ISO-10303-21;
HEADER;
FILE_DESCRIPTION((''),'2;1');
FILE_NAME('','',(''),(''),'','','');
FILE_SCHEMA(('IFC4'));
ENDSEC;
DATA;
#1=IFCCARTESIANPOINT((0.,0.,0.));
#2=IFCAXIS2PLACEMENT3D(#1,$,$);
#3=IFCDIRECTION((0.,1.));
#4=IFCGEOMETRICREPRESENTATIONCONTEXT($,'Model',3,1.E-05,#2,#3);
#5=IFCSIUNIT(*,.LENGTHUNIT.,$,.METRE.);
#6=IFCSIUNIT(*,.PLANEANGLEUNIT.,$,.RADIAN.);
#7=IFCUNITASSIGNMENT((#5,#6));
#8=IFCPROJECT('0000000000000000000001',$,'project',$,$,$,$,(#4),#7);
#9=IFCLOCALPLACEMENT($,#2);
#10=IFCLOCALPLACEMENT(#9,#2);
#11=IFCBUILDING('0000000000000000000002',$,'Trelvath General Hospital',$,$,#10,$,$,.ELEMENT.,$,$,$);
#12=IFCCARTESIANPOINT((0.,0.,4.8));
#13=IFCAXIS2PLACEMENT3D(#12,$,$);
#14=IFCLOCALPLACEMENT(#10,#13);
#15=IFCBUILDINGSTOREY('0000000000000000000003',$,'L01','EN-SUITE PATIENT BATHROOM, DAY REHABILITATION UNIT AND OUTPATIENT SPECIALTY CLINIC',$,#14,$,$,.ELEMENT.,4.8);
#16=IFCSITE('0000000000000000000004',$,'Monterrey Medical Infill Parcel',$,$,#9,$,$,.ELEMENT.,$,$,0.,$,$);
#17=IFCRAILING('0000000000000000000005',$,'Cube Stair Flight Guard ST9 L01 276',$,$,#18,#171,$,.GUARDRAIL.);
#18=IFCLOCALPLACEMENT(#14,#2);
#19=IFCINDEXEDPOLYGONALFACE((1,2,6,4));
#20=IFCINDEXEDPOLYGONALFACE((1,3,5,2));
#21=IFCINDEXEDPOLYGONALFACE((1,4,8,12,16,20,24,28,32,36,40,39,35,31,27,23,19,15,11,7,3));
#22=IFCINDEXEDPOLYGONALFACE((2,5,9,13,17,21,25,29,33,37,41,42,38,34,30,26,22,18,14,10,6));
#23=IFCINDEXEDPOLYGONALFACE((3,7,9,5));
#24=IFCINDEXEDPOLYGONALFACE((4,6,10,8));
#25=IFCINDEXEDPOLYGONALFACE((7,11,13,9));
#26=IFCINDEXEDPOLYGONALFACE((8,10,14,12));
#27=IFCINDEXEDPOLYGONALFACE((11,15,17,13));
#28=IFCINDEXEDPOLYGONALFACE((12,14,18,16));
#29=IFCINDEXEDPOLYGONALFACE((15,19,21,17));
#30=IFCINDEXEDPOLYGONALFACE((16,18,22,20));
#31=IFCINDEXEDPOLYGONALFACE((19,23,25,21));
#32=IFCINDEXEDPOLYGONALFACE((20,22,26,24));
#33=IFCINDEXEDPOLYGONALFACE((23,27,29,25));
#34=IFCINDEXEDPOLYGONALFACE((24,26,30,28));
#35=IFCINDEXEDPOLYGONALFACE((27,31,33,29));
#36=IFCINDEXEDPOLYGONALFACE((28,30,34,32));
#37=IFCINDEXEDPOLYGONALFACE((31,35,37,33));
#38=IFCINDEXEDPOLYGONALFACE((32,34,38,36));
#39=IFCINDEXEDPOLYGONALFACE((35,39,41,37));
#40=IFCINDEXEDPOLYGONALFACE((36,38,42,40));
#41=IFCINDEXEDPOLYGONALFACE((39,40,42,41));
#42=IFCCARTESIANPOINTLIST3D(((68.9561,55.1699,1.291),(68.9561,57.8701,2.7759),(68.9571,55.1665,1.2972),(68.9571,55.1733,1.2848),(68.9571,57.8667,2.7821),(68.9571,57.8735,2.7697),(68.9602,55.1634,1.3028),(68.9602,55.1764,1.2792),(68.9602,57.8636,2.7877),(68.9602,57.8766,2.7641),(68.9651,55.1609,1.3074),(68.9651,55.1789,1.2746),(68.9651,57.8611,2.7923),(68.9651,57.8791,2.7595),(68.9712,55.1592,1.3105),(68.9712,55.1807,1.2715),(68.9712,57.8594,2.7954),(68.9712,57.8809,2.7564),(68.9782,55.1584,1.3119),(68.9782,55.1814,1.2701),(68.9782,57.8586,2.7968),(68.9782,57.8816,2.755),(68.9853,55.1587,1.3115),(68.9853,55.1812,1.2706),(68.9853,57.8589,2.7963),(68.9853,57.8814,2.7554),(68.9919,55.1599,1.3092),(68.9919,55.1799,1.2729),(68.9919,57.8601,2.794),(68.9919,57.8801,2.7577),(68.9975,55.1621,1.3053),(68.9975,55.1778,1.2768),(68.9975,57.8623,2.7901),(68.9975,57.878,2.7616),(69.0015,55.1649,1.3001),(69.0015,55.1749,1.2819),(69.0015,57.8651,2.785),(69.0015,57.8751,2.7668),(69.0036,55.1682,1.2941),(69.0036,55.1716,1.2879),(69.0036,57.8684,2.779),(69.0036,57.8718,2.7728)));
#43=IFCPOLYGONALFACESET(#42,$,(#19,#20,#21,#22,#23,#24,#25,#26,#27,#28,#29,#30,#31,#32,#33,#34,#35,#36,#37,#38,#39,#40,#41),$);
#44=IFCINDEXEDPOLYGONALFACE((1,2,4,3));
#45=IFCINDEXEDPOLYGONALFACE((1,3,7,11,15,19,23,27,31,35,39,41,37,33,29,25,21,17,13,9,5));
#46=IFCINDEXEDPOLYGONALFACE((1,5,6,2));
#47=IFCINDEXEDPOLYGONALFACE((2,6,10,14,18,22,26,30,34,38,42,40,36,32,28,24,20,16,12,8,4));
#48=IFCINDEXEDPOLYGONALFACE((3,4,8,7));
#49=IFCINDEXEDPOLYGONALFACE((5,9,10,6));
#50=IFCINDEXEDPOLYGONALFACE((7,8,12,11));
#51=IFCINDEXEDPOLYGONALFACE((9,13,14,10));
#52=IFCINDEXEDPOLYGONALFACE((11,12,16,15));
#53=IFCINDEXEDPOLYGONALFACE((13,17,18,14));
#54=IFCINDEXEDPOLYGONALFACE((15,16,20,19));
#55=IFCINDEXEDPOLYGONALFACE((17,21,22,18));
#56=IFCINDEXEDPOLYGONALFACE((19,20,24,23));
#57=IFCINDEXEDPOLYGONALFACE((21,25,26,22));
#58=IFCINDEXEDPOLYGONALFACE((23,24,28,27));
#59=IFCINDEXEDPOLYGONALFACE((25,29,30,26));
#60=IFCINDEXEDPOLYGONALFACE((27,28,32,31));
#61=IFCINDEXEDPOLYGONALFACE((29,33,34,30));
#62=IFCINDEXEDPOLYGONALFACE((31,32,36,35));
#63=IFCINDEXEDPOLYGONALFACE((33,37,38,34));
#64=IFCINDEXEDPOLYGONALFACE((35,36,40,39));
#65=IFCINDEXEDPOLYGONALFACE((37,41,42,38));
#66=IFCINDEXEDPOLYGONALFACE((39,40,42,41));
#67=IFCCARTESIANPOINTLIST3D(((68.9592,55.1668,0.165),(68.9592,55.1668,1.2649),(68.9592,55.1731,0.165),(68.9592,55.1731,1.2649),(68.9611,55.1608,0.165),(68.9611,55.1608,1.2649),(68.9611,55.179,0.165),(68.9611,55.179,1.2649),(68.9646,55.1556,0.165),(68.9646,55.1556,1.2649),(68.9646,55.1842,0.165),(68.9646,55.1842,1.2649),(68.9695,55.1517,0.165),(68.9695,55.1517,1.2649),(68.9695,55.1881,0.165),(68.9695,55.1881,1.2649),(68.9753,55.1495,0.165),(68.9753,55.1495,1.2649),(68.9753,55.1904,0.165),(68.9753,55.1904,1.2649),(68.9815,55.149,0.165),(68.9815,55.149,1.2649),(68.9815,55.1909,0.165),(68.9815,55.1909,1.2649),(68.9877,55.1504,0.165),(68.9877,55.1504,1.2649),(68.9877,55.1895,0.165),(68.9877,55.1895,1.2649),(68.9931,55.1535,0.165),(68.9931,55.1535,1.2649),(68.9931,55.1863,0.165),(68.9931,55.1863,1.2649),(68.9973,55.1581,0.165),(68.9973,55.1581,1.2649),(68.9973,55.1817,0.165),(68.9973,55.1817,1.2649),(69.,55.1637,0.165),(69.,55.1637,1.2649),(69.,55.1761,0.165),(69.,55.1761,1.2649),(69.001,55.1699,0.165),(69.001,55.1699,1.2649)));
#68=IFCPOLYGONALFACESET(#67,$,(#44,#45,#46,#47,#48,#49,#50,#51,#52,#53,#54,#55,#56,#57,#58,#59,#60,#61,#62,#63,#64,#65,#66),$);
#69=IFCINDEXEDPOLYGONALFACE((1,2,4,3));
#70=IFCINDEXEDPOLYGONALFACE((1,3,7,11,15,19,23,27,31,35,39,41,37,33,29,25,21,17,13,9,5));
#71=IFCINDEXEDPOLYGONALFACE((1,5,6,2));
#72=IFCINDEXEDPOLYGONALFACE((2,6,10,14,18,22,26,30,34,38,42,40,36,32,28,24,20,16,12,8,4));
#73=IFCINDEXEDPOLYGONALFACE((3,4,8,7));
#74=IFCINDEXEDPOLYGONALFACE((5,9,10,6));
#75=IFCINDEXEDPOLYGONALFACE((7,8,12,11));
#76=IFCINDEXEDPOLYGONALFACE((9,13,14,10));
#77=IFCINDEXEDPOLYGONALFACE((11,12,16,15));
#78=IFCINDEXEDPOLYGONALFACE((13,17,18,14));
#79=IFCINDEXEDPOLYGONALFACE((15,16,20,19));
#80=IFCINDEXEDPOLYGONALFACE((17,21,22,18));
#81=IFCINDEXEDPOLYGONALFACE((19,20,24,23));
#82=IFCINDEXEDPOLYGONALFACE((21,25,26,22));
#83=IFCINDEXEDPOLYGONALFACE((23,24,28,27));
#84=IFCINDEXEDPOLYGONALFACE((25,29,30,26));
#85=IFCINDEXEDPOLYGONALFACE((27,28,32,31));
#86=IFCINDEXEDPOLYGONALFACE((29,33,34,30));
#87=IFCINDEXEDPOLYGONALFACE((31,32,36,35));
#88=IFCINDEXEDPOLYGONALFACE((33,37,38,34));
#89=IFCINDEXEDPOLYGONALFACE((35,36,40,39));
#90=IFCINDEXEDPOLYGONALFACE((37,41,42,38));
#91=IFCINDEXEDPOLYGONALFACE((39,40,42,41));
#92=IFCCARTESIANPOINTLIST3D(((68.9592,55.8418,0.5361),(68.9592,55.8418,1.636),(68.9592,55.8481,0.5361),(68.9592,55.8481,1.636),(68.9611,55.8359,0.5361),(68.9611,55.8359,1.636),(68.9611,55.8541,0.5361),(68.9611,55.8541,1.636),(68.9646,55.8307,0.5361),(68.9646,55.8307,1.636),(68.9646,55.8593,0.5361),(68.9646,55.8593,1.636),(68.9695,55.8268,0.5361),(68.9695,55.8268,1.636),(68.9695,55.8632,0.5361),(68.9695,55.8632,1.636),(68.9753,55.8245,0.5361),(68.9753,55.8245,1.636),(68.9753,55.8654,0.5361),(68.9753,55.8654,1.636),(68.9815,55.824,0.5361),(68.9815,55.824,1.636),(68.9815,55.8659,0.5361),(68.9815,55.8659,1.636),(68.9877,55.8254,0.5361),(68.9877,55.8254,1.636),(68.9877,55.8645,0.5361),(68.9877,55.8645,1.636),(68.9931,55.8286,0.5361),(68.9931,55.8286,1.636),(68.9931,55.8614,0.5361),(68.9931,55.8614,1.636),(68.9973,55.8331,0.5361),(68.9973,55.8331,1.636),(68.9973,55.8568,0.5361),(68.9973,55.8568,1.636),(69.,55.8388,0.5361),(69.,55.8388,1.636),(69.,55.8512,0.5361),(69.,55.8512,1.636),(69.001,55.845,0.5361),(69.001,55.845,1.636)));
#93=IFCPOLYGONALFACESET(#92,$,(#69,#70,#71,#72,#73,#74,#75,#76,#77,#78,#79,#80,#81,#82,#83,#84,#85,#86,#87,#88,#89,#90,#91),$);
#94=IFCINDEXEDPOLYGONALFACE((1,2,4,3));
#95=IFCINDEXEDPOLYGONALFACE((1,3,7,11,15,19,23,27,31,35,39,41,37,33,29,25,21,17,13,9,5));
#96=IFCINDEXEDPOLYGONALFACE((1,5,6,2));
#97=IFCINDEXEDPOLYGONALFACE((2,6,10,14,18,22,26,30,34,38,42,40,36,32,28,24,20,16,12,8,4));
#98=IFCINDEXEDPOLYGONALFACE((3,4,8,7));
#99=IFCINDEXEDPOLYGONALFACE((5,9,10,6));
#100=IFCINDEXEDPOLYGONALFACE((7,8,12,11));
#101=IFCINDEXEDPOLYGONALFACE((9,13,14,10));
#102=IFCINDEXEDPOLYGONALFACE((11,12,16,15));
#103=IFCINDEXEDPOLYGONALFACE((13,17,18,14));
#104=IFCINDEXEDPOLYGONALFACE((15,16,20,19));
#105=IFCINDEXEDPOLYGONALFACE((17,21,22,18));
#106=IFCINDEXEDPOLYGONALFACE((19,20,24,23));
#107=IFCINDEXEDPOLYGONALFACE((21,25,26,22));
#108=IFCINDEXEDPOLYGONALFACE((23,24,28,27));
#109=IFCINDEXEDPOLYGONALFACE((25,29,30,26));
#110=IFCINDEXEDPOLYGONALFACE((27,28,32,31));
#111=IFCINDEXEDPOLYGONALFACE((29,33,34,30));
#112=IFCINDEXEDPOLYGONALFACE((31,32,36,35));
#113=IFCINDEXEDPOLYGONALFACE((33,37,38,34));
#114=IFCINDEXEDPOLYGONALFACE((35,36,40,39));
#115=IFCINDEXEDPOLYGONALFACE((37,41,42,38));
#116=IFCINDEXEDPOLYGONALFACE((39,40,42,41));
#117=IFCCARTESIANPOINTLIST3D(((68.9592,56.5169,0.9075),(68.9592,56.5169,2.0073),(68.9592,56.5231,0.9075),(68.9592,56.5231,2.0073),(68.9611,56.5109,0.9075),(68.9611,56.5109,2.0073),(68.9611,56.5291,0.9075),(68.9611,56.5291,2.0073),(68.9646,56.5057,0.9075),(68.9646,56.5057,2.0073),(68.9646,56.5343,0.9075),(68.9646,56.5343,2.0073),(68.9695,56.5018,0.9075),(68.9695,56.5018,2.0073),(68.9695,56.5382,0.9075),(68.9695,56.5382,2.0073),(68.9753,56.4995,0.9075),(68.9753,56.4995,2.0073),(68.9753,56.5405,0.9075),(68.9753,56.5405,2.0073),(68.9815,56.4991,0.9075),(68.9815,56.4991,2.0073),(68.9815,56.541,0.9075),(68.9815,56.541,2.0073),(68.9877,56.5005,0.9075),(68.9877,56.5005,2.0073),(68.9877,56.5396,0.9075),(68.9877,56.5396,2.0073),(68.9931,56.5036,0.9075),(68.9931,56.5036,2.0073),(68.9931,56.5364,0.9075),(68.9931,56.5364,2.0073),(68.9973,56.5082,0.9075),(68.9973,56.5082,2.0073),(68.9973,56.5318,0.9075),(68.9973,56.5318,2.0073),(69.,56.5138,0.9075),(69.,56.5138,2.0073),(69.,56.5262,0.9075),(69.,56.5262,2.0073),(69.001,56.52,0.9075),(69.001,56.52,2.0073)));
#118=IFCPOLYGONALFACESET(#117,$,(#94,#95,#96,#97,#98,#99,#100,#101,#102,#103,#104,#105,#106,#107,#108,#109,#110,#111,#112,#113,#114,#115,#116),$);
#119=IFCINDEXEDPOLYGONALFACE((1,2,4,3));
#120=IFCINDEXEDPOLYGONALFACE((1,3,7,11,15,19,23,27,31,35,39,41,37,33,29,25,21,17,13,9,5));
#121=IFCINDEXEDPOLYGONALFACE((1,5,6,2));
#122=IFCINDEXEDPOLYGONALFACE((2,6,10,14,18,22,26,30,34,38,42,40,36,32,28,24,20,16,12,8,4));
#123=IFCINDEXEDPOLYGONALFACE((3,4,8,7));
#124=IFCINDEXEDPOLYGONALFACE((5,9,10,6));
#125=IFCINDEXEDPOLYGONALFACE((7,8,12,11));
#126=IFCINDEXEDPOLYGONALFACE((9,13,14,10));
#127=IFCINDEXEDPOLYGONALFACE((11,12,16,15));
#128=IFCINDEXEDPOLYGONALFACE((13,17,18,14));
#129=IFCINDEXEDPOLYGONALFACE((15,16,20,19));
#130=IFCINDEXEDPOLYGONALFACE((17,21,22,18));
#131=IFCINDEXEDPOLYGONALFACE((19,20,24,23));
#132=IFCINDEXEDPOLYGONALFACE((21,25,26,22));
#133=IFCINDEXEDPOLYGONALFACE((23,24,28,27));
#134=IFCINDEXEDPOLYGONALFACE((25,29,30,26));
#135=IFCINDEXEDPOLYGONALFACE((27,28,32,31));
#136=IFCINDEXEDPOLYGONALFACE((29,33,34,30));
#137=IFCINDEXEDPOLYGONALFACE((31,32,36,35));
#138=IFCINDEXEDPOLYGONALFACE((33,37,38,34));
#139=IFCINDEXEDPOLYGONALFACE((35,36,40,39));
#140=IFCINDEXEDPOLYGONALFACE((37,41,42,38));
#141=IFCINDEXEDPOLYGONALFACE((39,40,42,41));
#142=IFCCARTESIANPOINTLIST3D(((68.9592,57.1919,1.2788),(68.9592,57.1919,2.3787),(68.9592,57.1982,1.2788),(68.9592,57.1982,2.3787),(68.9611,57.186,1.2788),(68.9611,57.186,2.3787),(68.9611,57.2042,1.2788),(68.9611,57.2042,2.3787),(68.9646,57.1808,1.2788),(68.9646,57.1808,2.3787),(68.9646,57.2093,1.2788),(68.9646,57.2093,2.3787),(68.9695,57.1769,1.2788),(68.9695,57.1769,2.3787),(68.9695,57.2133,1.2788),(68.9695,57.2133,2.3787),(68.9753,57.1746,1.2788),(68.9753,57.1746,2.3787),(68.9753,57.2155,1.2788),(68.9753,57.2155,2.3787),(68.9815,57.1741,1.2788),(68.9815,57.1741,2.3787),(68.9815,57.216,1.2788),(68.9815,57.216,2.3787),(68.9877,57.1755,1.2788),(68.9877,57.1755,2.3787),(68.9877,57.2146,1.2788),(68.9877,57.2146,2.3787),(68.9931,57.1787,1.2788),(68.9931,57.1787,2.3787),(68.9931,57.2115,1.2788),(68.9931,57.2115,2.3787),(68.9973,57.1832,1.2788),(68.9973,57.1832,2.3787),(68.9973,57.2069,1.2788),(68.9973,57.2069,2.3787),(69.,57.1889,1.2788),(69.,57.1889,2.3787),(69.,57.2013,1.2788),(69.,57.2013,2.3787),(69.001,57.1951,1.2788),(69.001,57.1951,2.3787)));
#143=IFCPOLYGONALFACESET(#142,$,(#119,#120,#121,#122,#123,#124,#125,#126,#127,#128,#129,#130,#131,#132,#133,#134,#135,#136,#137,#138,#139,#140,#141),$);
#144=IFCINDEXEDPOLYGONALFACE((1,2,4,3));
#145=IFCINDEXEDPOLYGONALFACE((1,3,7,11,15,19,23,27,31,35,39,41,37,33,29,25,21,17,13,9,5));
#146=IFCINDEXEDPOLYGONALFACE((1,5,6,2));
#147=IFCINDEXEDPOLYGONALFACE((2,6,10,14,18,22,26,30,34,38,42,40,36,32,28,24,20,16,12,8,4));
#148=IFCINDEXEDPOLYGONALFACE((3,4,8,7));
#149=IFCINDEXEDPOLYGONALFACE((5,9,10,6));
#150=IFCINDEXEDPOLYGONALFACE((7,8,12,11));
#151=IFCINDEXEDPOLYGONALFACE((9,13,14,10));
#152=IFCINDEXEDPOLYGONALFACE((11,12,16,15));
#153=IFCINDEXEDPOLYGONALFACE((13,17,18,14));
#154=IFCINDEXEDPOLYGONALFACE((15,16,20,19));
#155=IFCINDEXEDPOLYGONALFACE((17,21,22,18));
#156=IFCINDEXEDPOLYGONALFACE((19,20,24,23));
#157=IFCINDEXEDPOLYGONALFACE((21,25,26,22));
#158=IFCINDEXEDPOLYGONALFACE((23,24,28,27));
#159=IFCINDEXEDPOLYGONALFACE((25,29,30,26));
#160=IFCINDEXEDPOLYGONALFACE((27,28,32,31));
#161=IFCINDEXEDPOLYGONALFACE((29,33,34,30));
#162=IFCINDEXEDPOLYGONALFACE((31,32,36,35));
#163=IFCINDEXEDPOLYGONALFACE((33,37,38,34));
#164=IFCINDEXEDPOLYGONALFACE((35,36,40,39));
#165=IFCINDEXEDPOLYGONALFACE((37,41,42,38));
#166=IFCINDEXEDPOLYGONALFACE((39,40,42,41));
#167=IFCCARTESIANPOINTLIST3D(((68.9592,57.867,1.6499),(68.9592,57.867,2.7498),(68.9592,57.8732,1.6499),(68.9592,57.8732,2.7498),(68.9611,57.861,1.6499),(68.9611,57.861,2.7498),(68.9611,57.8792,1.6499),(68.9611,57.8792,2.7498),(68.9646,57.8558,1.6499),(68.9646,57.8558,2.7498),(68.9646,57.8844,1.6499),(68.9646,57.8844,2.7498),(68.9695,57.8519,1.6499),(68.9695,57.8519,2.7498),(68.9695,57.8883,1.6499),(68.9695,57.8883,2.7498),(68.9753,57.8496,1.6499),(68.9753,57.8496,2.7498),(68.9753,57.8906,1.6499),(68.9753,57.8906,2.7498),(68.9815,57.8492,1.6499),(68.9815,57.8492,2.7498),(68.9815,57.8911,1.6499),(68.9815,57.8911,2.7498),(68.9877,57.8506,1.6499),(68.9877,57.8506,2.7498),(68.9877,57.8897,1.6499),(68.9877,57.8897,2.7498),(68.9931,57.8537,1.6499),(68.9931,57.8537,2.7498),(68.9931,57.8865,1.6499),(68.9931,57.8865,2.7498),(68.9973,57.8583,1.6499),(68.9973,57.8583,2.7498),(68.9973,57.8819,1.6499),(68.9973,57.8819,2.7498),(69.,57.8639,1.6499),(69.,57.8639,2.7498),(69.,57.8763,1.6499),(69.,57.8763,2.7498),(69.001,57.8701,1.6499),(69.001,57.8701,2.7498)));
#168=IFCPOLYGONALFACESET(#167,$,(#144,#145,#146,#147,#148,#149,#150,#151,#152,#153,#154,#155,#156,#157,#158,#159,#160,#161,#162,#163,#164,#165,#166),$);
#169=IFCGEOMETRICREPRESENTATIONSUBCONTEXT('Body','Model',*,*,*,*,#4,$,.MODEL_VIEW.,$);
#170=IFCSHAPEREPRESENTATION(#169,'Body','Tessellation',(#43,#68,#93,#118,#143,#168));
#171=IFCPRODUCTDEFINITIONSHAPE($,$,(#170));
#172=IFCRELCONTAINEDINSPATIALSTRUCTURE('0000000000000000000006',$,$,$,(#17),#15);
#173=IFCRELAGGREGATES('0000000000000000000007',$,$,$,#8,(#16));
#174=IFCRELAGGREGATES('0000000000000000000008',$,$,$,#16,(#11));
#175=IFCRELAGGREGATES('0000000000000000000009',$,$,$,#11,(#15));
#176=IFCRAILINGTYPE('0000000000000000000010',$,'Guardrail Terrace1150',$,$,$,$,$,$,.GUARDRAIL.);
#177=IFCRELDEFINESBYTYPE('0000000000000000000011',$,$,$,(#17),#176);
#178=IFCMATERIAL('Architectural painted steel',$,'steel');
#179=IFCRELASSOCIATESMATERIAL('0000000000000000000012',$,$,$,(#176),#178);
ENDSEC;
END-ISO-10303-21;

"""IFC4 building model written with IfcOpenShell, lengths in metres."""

from ifc_helpers import new_model, si_unit, direction, frame, origin, origin_2d, place, context, subcontext, project, spatial, circle, extrude, material, type_object, element, save


model = new_model("IFC4")

# Units and contexts
model_context = context("Model", 3, precision=1e-05, world=origin(), true_north=direction((0.0, 1.0)))
body_context = subcontext(model_context, "Body", "Model", "MODEL_VIEW")
ifc_project = project(units=[si_unit("LENGTHUNIT", "METRE"), si_unit("PLANEANGLEUNIT", "RADIAN")], contexts=[model_context])

# Site, building, storey
site_placement = place(None, origin())
site = spatial("IfcSite", under=ifc_project, at=site_placement, Name="Monterrey Medical Infill Parcel", CompositionType="ELEMENT", RefElevation=0.0)
building_placement = place(site_placement, origin())
building = spatial("IfcBuilding", under=site, at=building_placement, Name="Trelvath General Hospital", CompositionType="ELEMENT")
storey_placement = place(building_placement, frame((0.0, 0.0, 4.8)))
storey = spatial("IfcBuildingStorey", under=building, at=storey_placement, Name="L01", Description="EN-SUITE PATIENT BATHROOM, DAY REHABILITATION UNIT AND OUTPATIENT SPECIALTY CLINIC", CompositionType="ELEMENT", Elevation=4.8)

# Railing
ifc_material_1 = material(Name="Architectural painted steel", Category="steel")
railing_type = type_object("IfcRailingType", Name="Guardrail Terrace1150", PredefinedType="GUARDRAIL", material=ifc_material_1)
for number, where, name in (
    (1, (68.98, 55.1699, 0.165), "Cube Stair Flight Guard ST9 L01 276"),
):
    element("IfcRailing", number, at=place(storey_placement, frame(where)), inside=storey, type_object=railing_type, Name=name, PredefinedType="GUARDRAIL", context=body_context, shape_type="SweptSolid", body=[
        extrude(circle(Radius=0.0239, at=origin_2d()), frame((0.0, 0.0, 1.126), z_axis=(0.0, 0.876249, 0.481858), x_axis=(-1.0, 0.0, 0.0)), (0.0, 0.0, 1.0), 3.0815),
        extrude(circle(Radius=0.021, at=origin_2d()), origin(), (0.0, 0.0, 1.0), 1.0999),
        extrude(circle(Radius=0.021, at=origin_2d()), frame((0.0, 0.675, 0.3711)), (0.0, 0.0, 1.0), 1.0999),
        extrude(circle(Radius=0.021, at=origin_2d()), frame((0.0, 1.3501, 0.7424)), (0.0, 0.0, 1.0), 1.0999),
        extrude(circle(Radius=0.021, at=origin_2d()), frame((0.0, 2.0251, 1.1138)), (0.0, 0.0, 1.0), 1.0999),
        extrude(circle(Radius=0.021, at=origin_2d()), frame((0.0, 2.7002, 1.4849)), (0.0, 0.0, 1.0), 1.0999),
    ])

save(model, "model.ifc")
